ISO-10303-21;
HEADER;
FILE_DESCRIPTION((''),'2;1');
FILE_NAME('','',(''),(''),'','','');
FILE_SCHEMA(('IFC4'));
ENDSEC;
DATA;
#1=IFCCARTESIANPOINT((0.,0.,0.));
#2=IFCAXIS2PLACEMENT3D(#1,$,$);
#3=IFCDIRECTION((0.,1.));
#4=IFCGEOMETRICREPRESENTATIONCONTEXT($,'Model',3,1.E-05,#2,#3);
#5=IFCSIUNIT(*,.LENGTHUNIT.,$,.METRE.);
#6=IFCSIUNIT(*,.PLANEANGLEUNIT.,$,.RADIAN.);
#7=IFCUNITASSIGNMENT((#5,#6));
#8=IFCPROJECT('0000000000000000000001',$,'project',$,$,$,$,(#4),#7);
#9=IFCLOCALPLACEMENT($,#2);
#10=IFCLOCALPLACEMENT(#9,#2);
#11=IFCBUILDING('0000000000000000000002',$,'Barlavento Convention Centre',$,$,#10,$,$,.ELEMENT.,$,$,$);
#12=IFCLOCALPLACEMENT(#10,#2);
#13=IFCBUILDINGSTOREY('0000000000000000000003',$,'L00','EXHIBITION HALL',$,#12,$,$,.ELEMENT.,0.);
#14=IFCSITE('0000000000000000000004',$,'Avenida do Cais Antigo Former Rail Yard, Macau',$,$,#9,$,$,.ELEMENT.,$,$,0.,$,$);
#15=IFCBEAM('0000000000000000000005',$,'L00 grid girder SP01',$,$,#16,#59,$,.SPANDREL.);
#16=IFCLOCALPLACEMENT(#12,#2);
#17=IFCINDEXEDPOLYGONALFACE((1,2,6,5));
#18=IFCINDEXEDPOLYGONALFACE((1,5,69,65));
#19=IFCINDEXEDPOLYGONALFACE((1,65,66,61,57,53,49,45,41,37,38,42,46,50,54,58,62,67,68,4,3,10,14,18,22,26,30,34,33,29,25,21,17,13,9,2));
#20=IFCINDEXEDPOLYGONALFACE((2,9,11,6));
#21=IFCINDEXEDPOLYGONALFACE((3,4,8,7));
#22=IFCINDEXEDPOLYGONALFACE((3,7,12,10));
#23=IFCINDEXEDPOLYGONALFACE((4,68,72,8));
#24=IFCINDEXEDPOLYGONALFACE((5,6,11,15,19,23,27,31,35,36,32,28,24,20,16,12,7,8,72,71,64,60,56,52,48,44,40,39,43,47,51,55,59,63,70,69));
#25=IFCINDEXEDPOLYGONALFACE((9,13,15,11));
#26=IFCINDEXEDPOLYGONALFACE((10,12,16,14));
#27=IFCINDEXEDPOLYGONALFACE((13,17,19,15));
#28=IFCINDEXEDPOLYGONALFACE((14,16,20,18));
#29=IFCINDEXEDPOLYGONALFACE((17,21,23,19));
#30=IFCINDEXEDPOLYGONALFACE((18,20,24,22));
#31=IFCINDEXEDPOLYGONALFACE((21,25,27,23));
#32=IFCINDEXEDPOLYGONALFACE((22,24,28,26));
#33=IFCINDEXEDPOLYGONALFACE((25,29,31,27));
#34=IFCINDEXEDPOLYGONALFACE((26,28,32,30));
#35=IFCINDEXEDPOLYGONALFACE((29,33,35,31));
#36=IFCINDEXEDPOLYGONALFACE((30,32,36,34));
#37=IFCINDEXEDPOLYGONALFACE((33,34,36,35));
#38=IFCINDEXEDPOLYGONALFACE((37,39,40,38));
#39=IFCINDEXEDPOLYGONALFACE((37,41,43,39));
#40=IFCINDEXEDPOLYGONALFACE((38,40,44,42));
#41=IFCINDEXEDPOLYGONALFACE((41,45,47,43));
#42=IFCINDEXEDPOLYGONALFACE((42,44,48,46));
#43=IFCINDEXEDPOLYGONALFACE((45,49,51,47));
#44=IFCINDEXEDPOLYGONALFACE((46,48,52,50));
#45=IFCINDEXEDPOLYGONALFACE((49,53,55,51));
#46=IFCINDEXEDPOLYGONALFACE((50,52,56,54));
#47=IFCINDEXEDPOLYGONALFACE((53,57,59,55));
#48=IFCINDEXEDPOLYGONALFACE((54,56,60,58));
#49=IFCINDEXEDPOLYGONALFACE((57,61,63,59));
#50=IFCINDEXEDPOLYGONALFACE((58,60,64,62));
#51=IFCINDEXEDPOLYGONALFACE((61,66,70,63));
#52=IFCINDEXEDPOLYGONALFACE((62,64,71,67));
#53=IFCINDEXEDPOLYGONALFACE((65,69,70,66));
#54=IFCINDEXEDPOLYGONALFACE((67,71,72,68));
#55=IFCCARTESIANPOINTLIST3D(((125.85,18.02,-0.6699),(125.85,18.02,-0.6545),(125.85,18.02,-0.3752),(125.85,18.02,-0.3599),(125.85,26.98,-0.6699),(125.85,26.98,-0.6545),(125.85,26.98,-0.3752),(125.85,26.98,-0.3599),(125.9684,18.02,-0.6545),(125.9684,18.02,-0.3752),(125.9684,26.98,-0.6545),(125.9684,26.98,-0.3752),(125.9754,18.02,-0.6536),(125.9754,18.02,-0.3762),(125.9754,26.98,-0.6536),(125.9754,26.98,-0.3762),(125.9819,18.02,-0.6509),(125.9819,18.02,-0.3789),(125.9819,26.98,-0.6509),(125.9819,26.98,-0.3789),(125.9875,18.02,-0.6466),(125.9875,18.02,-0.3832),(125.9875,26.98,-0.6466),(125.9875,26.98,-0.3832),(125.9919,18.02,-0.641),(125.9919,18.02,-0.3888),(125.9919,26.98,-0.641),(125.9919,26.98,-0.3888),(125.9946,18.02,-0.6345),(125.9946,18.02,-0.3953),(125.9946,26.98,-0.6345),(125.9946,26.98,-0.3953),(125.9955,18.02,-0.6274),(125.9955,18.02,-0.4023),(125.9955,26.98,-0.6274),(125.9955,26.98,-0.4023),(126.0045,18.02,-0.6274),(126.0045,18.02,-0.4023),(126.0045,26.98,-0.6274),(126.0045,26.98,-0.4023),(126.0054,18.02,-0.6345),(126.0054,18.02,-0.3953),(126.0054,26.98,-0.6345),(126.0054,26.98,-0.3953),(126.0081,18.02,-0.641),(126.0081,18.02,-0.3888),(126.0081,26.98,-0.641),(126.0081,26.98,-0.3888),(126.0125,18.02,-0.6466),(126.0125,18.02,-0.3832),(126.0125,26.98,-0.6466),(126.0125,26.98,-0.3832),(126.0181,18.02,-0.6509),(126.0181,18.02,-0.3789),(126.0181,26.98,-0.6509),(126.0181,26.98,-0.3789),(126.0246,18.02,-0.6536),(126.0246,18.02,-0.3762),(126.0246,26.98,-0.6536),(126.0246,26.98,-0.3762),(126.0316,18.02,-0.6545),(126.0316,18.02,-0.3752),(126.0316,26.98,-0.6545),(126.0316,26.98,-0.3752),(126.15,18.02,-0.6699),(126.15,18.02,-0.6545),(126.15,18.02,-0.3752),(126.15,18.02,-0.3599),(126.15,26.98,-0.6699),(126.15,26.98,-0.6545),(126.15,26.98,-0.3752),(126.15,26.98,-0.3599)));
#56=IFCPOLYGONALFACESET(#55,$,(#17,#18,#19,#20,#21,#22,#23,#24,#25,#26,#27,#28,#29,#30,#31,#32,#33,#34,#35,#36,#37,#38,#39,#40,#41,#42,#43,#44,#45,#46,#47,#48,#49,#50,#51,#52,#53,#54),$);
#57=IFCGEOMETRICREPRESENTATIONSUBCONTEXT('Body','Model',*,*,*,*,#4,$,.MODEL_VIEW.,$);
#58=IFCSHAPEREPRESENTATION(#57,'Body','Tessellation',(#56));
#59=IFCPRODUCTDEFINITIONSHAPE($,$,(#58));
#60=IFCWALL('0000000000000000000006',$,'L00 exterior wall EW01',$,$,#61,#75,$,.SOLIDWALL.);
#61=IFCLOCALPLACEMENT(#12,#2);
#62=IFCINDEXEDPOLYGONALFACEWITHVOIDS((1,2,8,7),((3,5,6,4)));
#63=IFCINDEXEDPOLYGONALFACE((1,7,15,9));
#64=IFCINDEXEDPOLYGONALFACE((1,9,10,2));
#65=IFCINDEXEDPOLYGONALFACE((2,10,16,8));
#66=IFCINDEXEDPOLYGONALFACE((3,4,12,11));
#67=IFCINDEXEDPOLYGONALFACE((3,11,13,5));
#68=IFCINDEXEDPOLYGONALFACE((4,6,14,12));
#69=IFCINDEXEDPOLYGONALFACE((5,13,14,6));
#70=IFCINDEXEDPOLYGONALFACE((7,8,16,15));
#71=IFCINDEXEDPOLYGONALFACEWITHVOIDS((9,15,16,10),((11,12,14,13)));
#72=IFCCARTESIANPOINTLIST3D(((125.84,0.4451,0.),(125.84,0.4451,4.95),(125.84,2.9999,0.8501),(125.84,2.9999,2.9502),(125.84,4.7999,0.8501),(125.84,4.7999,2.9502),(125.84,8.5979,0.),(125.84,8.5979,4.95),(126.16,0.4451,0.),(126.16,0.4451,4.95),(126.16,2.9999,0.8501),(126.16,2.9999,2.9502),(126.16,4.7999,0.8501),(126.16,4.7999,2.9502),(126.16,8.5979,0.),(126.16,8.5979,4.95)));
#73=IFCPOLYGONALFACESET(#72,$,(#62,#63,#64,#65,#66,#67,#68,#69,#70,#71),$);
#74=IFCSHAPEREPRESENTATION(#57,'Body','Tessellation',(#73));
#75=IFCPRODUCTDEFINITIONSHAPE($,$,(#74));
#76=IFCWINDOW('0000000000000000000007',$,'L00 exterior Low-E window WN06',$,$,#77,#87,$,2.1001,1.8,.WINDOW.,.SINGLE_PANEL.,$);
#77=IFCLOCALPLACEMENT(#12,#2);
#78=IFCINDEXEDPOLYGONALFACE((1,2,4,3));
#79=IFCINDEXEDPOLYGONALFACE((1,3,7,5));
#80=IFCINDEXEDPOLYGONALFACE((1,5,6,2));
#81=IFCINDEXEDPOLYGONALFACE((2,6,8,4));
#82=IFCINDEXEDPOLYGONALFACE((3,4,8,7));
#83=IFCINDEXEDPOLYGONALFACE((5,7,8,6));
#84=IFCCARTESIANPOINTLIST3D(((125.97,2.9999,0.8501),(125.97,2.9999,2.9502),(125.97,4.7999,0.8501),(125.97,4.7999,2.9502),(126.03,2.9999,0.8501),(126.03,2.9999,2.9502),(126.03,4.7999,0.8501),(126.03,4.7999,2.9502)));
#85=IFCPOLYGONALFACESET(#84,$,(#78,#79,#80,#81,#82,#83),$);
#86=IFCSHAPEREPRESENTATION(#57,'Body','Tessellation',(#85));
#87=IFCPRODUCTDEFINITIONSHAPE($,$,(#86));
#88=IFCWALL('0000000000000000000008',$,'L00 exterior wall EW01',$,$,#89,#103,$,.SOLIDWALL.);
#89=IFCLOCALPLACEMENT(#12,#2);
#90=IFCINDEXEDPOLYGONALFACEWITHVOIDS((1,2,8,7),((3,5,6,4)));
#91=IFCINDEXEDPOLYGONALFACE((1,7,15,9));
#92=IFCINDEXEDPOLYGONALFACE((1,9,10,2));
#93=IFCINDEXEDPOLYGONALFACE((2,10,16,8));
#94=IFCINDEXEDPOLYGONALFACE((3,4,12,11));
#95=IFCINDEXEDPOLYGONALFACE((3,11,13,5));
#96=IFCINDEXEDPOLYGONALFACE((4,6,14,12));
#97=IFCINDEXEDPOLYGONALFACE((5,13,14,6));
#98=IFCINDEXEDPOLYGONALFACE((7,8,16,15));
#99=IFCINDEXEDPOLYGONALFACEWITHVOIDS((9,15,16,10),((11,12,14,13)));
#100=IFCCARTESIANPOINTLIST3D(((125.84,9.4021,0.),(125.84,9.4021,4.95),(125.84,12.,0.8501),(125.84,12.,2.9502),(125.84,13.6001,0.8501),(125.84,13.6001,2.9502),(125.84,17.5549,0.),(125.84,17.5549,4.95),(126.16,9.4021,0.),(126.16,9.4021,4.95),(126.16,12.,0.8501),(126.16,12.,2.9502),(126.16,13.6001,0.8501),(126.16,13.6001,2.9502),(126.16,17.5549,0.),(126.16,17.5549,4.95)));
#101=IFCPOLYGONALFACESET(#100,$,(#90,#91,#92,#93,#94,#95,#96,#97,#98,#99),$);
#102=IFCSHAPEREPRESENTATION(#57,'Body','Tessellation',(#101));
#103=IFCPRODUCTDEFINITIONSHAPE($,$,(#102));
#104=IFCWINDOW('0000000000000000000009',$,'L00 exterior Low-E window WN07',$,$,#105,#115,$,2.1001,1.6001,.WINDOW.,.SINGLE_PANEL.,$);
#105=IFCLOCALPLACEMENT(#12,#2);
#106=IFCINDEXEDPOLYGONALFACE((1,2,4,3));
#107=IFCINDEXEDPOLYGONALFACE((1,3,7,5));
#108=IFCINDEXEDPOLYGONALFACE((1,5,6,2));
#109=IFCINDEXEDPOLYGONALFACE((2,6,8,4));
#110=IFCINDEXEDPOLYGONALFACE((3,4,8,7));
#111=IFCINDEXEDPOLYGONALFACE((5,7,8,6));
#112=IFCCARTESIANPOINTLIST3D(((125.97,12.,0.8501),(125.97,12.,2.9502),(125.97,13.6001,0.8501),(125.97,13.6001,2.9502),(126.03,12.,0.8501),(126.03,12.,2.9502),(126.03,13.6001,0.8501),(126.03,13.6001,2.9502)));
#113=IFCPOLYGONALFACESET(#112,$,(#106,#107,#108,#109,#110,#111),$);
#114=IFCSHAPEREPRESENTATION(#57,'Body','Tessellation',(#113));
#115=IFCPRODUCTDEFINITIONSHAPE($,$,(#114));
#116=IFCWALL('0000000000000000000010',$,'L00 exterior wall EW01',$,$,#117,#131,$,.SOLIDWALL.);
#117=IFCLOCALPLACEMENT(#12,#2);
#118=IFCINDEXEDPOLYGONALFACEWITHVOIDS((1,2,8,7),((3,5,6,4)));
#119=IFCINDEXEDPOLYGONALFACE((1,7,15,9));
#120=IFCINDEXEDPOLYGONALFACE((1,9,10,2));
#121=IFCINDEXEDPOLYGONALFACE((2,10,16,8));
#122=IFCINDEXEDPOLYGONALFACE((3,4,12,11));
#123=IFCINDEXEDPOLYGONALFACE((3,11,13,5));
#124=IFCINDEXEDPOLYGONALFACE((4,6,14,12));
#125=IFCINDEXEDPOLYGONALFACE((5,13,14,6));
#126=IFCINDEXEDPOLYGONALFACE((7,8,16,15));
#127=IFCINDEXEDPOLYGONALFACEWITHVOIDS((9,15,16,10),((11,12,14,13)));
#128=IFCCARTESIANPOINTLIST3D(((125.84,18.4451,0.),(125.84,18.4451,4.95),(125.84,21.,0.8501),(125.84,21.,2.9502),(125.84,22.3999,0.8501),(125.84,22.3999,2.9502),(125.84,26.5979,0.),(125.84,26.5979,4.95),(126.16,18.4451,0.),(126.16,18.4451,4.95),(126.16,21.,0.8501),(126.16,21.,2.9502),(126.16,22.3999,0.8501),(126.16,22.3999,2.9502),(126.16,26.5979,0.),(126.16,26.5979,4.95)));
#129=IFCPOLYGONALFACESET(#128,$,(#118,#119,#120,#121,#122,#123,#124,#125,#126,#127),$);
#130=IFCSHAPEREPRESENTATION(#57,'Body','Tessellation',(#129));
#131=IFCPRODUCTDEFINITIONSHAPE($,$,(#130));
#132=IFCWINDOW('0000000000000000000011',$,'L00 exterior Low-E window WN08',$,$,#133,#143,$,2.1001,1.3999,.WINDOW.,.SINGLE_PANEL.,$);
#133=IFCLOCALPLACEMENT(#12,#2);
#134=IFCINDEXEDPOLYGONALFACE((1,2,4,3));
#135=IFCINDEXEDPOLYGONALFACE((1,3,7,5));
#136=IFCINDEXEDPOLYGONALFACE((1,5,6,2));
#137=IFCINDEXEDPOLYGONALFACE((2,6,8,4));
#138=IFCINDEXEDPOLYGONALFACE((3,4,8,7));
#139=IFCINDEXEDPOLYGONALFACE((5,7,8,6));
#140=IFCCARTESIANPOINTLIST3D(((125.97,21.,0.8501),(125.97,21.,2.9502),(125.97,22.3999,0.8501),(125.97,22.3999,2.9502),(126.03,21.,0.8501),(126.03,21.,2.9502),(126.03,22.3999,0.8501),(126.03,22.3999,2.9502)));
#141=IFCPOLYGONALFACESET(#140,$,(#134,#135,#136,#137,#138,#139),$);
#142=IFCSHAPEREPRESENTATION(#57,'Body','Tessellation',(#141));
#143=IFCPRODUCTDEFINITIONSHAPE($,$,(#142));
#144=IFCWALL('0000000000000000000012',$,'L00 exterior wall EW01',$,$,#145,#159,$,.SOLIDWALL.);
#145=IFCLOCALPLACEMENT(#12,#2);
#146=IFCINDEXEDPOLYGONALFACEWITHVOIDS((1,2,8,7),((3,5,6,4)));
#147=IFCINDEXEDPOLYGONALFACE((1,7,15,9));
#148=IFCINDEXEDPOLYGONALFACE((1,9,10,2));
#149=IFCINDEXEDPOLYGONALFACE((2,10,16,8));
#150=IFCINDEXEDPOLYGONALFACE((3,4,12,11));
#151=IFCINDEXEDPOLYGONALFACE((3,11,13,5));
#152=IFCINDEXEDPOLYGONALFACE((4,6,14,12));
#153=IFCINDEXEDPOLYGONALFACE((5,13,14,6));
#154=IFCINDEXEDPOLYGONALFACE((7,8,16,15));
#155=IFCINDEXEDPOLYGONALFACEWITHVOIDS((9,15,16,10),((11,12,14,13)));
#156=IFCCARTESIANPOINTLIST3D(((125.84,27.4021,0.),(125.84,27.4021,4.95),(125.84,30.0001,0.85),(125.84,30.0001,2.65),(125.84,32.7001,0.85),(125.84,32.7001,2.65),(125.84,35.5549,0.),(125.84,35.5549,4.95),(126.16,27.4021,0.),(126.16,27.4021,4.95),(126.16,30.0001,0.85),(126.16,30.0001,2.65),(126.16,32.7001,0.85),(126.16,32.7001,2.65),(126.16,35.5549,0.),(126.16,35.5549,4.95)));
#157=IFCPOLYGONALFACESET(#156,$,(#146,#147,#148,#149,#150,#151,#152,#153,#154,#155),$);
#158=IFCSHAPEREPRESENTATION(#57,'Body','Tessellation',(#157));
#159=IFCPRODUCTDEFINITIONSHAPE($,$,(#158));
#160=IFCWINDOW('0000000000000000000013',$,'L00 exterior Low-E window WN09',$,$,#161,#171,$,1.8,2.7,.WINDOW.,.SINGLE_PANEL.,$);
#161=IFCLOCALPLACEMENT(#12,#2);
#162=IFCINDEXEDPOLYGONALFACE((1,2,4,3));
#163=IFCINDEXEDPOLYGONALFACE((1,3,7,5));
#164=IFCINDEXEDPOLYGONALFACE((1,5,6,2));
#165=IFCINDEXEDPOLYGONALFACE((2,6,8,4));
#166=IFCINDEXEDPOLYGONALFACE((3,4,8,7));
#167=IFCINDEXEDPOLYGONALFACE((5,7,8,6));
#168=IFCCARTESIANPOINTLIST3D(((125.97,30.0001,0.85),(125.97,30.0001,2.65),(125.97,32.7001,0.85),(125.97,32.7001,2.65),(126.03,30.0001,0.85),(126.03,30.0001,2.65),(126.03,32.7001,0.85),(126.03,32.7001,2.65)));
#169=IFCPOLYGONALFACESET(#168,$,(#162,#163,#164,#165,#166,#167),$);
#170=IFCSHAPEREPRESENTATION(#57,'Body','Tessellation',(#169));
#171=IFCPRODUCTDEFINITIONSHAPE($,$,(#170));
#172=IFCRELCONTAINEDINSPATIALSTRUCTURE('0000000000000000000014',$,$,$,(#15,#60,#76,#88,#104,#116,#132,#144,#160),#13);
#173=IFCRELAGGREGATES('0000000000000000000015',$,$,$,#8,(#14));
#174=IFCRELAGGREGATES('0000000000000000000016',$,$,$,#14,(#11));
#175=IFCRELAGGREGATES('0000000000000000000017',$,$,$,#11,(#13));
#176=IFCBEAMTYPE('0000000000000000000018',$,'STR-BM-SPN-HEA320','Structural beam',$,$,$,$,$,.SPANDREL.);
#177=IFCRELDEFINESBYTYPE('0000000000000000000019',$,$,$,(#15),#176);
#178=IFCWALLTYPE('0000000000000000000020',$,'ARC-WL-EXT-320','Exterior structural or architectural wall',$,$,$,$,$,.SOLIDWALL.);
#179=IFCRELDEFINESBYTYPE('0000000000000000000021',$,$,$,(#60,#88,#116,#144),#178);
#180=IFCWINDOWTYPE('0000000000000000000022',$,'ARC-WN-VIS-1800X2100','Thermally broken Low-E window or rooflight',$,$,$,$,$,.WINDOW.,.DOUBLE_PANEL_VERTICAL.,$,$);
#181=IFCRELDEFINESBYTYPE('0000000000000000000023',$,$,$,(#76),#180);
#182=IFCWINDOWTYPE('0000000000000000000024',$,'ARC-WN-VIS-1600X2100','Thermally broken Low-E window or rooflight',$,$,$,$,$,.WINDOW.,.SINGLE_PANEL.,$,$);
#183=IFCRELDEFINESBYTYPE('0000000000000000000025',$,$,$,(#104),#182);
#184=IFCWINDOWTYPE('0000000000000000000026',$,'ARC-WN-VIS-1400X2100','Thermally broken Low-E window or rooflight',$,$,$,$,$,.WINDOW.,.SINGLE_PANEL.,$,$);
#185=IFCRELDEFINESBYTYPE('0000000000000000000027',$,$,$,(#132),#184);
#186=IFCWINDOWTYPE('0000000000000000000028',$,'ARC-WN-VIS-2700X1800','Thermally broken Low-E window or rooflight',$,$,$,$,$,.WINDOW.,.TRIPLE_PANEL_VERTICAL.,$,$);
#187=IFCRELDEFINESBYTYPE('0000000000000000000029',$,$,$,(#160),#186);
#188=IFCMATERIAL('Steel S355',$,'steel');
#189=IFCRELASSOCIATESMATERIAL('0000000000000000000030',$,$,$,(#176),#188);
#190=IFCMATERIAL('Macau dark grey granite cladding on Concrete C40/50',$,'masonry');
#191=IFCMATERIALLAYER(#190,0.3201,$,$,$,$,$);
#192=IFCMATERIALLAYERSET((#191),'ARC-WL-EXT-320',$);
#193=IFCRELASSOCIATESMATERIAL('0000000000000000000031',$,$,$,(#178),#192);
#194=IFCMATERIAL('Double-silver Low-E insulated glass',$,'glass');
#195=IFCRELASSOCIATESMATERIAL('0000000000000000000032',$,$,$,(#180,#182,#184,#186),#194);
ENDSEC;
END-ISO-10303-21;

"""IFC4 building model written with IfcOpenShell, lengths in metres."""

from ifc_helpers import new_model, si_unit, direction, frame, frame_2d, origin, origin_2d, place, context, subcontext, project, spatial, rectangle, i_section, extrude, material, layer, layer_set, material_profile, profile_set, type_object, element, fill, save


model = new_model("IFC4")

# Units and contexts
model_context = context("Model", 3, precision=1e-05, world=origin(), true_north=direction((0.0, 1.0)))
body_context = subcontext(model_context, "Body", "Model", "MODEL_VIEW")
ifc_project = project(units=[si_unit("LENGTHUNIT", "METRE"), si_unit("PLANEANGLEUNIT", "RADIAN")], contexts=[model_context])

# Site, building, storey
site_placement = place(None, origin())
site = spatial("IfcSite", under=ifc_project, at=site_placement, Name="Avenida do Cais Antigo Former Rail Yard, Macau", CompositionType="ELEMENT", RefElevation=0.0)
building_placement = place(site_placement, origin())
building = spatial("IfcBuilding", under=site, at=building_placement, Name="Barlavento Convention Centre", CompositionType="ELEMENT")
storey_placement = place(building_placement, origin())
storey = spatial("IfcBuildingStorey", under=building, at=storey_placement, Name="L00", Description="EXHIBITION HALL", CompositionType="ELEMENT", Elevation=0.0)

# Beam
ifc_material_1 = material(Name="Steel S355", Category="steel")
ifc_material_profile_1 = material_profile(ifc_material_1, i_section(OverallWidth=0.3, OverallDepth=0.3101, WebThickness=0.009, FlangeThickness=0.0154, FilletRadius=0.0271, at=origin_2d()), Name="HEA 320")
ifc_profile_set_1 = profile_set([ifc_material_profile_1], Name="Steel S355")
beam_type_1 = type_object("IfcBeamType", Name="STR-BM-SPN-HEA320", Description="Structural beam", PredefinedType="SPANDREL", material=ifc_profile_set_1)
beam_1_placement = place(storey_placement, frame((126.0, 18.02, -0.5149), z_axis=(0.0, 1.0, 0.0), x_axis=(-1.0, 0.0, 0.0)))
element("IfcBeam", 1, at=beam_1_placement, inside=storey, type_object=beam_type_1, Name="L00 grid girder SP01", PredefinedType="SPANDREL", context=body_context, shape_type="SweptSolid", body=[
    extrude(i_section(OverallWidth=0.3, OverallDepth=0.3101, WebThickness=0.009, FlangeThickness=0.0154, FilletRadius=0.0271, at=origin_2d()), origin(), (0.0, 0.0, 1.0), 8.96),
])

# Walls, openings, windows
ifc_material_2 = material(Name="Macau dark grey granite cladding on Concrete C40/50", Category="masonry")
ifc_layer_1 = layer(ifc_material_2, 0.3201)
ifc_layer_set_1 = layer_set([ifc_layer_1], Name="ARC-WL-EXT-320")
wall_type_1 = type_object("IfcWallType", Name="ARC-WL-EXT-320", Description="Exterior structural or architectural wall", PredefinedType="SOLIDWALL", material=ifc_layer_set_1)
wall_1_placement = place(storey_placement, frame((126.0, 0.4451, 0.0), z_axis=(0.0, 0.0, 1.0), x_axis=(0.0, 1.0, 0.0)))
wall_1 = element("IfcWall", 2, at=wall_1_placement, inside=storey, type_object=wall_type_1, Name="L00 exterior wall EW01", PredefinedType="SOLIDWALL", context=body_context, shape_type="SweptSolid", body=[
    extrude(rectangle(XDim=8.1528, YDim=0.3201, at=frame_2d((4.0764, 0.0))), origin(), (0.0, 0.0, 1.0), 4.95),
])
opening_1_placement = place(wall_1_placement, frame((2.5549, 0.0, 0.8501)))
opening_1 = element("IfcOpeningElement", 3, at=opening_1_placement, cuts=wall_1, PredefinedType="OPENING", context=body_context, shape_type="SweptSolid", body=[
    extrude(rectangle(XDim=1.8, YDim=2.1001, at=frame_2d((0.8999, 1.05))), frame((0.0, 0.1699, 0.0), z_axis=(0.0, -1.0, 0.0), x_axis=(1.0, 0.0, 0.0)), (0.0, 0.0, 1.0), 0.3401),
])
ifc_material_3 = material(Name="Double-silver Low-E insulated glass", Category="glass")
window_type_1 = type_object("IfcWindowType", Name="ARC-WN-VIS-1800X2100", Description="Thermally broken Low-E window or rooflight", PartitioningType="DOUBLE_PANEL_VERTICAL", PredefinedType="WINDOW", material=ifc_material_3)
window_1_placement = place(opening_1_placement, origin())
window_1 = element("IfcWindow", 4, at=window_1_placement, inside=storey, type_object=window_type_1, Name="L00 exterior Low-E window WN06", OverallHeight=2.1001, OverallWidth=1.8, PartitioningType="SINGLE_PANEL", PredefinedType="WINDOW", context=body_context, shape_type="SweptSolid", body=[
    extrude(rectangle(XDim=1.8, YDim=2.1001, at=frame_2d((0.8999, 1.05))), frame((0.0, 0.03, 0.0), z_axis=(0.0, -1.0, 0.0), x_axis=(1.0, 0.0, 0.0)), (0.0, 0.0, 1.0), 0.0601),
])
fill(opening_1, window_1)
wall_2_placement = place(storey_placement, frame((126.0, 9.4021, 0.0), z_axis=(0.0, 0.0, 1.0), x_axis=(0.0, 1.0, 0.0)))
wall_2 = element("IfcWall", 5, at=wall_2_placement, inside=storey, type_object=wall_type_1, Name="L00 exterior wall EW01", PredefinedType="SOLIDWALL", context=body_context, shape_type="SweptSolid", body=[
    extrude(rectangle(XDim=8.1528, YDim=0.3201, at=frame_2d((4.0764, 0.0))), origin(), (0.0, 0.0, 1.0), 4.95),
])
opening_2_placement = place(wall_2_placement, frame((2.5979, 0.0, 0.8501)))
opening_2 = element("IfcOpeningElement", 6, at=opening_2_placement, cuts=wall_2, PredefinedType="OPENING", context=body_context, shape_type="SweptSolid", body=[
    extrude(rectangle(XDim=1.6001, YDim=2.1001, at=frame_2d((0.8, 1.05))), frame((0.0, 0.1699, 0.0), z_axis=(0.0, -1.0, 0.0), x_axis=(1.0, 0.0, 0.0)), (0.0, 0.0, 1.0), 0.3401),
])
window_type_2 = type_object("IfcWindowType", Name="ARC-WN-VIS-1600X2100", Description="Thermally broken Low-E window or rooflight", PartitioningType="SINGLE_PANEL", PredefinedType="WINDOW", material=ifc_material_3)
window_2_placement = place(opening_2_placement, origin())
window_2 = element("IfcWindow", 7, at=window_2_placement, inside=storey, type_object=window_type_2, Name="L00 exterior Low-E window WN07", OverallHeight=2.1001, OverallWidth=1.6001, PartitioningType="SINGLE_PANEL", PredefinedType="WINDOW", context=body_context, shape_type="SweptSolid", body=[
    extrude(rectangle(XDim=1.6001, YDim=2.1001, at=frame_2d((0.8, 1.05))), frame((0.0, 0.03, 0.0), z_axis=(0.0, -1.0, 0.0), x_axis=(1.0, 0.0, 0.0)), (0.0, 0.0, 1.0), 0.0601),
])
fill(opening_2, window_2)
wall_3_placement = place(storey_placement, frame((126.0, 18.4451, 0.0), z_axis=(0.0, 0.0, 1.0), x_axis=(0.0, 1.0, 0.0)))
wall_3 = element("IfcWall", 8, at=wall_3_placement, inside=storey, type_object=wall_type_1, Name="L00 exterior wall EW01", PredefinedType="SOLIDWALL", context=body_context, shape_type="SweptSolid", body=[
    extrude(rectangle(XDim=8.1528, YDim=0.3201, at=frame_2d((4.0764, 0.0))), origin(), (0.0, 0.0, 1.0), 4.95),
])
opening_3_placement = place(wall_3_placement, frame((2.5549, 0.0, 0.8501)))
opening_3 = element("IfcOpeningElement", 9, at=opening_3_placement, cuts=wall_3, PredefinedType="OPENING", context=body_context, shape_type="SweptSolid", body=[
    extrude(rectangle(XDim=1.3999, YDim=2.1001, at=frame_2d((0.7, 1.05))), frame((0.0, 0.1699, 0.0), z_axis=(0.0, -1.0, 0.0), x_axis=(1.0, 0.0, 0.0)), (0.0, 0.0, 1.0), 0.3401),
])
window_type_3 = type_object("IfcWindowType", Name="ARC-WN-VIS-1400X2100", Description="Thermally broken Low-E window or rooflight", PartitioningType="SINGLE_PANEL", PredefinedType="WINDOW", material=ifc_material_3)
window_3_placement = place(opening_3_placement, origin())
window_3 = element("IfcWindow", 10, at=window_3_placement, inside=storey, type_object=window_type_3, Name="L00 exterior Low-E window WN08", OverallHeight=2.1001, OverallWidth=1.3999, PartitioningType="SINGLE_PANEL", PredefinedType="WINDOW", context=body_context, shape_type="SweptSolid", body=[
    extrude(rectangle(XDim=1.3999, YDim=2.1001, at=frame_2d((0.7, 1.05))), frame((0.0, 0.03, 0.0), z_axis=(0.0, -1.0, 0.0), x_axis=(1.0, 0.0, 0.0)), (0.0, 0.0, 1.0), 0.0601),
])
fill(opening_3, window_3)
wall_4_placement = place(storey_placement, frame((126.0, 27.4021, 0.0), z_axis=(0.0, 0.0, 1.0), x_axis=(0.0, 1.0, 0.0)))
wall_4 = element("IfcWall", 11, at=wall_4_placement, inside=storey, type_object=wall_type_1, Name="L00 exterior wall EW01", PredefinedType="SOLIDWALL", context=body_context, shape_type="SweptSolid", body=[
    extrude(rectangle(XDim=8.1528, YDim=0.3201, at=frame_2d((4.0764, 0.0))), origin(), (0.0, 0.0, 1.0), 4.95),
])
opening_4_placement = place(wall_4_placement, frame((2.5979, 0.0, 0.8501)))
opening_4 = element("IfcOpeningElement", 12, at=opening_4_placement, cuts=wall_4, PredefinedType="OPENING", context=body_context, shape_type="SweptSolid", body=[
    extrude(rectangle(XDim=2.7, YDim=1.8, at=frame_2d((1.3501, 0.8999))), frame((0.0, 0.1699, 0.0), z_axis=(0.0, -1.0, 0.0), x_axis=(1.0, 0.0, 0.0)), (0.0, 0.0, 1.0), 0.3401),
])
window_type_4 = type_object("IfcWindowType", Name="ARC-WN-VIS-2700X1800", Description="Thermally broken Low-E window or rooflight", PartitioningType="TRIPLE_PANEL_VERTICAL", PredefinedType="WINDOW", material=ifc_material_3)
window_4_placement = place(opening_4_placement, origin())
window_4 = element("IfcWindow", 13, at=window_4_placement, inside=storey, type_object=window_type_4, Name="L00 exterior Low-E window WN09", OverallHeight=1.8, OverallWidth=2.7, PartitioningType="SINGLE_PANEL", PredefinedType="WINDOW", context=body_context, shape_type="SweptSolid", body=[
    extrude(rectangle(XDim=2.7, YDim=1.8, at=frame_2d((1.3501, 0.8999))), frame((0.0, 0.03, 0.0), z_axis=(0.0, -1.0, 0.0), x_axis=(1.0, 0.0, 0.0)), (0.0, 0.0, 1.0), 0.0601),
])
fill(opening_4, window_4)

save(model, "model.ifc")
